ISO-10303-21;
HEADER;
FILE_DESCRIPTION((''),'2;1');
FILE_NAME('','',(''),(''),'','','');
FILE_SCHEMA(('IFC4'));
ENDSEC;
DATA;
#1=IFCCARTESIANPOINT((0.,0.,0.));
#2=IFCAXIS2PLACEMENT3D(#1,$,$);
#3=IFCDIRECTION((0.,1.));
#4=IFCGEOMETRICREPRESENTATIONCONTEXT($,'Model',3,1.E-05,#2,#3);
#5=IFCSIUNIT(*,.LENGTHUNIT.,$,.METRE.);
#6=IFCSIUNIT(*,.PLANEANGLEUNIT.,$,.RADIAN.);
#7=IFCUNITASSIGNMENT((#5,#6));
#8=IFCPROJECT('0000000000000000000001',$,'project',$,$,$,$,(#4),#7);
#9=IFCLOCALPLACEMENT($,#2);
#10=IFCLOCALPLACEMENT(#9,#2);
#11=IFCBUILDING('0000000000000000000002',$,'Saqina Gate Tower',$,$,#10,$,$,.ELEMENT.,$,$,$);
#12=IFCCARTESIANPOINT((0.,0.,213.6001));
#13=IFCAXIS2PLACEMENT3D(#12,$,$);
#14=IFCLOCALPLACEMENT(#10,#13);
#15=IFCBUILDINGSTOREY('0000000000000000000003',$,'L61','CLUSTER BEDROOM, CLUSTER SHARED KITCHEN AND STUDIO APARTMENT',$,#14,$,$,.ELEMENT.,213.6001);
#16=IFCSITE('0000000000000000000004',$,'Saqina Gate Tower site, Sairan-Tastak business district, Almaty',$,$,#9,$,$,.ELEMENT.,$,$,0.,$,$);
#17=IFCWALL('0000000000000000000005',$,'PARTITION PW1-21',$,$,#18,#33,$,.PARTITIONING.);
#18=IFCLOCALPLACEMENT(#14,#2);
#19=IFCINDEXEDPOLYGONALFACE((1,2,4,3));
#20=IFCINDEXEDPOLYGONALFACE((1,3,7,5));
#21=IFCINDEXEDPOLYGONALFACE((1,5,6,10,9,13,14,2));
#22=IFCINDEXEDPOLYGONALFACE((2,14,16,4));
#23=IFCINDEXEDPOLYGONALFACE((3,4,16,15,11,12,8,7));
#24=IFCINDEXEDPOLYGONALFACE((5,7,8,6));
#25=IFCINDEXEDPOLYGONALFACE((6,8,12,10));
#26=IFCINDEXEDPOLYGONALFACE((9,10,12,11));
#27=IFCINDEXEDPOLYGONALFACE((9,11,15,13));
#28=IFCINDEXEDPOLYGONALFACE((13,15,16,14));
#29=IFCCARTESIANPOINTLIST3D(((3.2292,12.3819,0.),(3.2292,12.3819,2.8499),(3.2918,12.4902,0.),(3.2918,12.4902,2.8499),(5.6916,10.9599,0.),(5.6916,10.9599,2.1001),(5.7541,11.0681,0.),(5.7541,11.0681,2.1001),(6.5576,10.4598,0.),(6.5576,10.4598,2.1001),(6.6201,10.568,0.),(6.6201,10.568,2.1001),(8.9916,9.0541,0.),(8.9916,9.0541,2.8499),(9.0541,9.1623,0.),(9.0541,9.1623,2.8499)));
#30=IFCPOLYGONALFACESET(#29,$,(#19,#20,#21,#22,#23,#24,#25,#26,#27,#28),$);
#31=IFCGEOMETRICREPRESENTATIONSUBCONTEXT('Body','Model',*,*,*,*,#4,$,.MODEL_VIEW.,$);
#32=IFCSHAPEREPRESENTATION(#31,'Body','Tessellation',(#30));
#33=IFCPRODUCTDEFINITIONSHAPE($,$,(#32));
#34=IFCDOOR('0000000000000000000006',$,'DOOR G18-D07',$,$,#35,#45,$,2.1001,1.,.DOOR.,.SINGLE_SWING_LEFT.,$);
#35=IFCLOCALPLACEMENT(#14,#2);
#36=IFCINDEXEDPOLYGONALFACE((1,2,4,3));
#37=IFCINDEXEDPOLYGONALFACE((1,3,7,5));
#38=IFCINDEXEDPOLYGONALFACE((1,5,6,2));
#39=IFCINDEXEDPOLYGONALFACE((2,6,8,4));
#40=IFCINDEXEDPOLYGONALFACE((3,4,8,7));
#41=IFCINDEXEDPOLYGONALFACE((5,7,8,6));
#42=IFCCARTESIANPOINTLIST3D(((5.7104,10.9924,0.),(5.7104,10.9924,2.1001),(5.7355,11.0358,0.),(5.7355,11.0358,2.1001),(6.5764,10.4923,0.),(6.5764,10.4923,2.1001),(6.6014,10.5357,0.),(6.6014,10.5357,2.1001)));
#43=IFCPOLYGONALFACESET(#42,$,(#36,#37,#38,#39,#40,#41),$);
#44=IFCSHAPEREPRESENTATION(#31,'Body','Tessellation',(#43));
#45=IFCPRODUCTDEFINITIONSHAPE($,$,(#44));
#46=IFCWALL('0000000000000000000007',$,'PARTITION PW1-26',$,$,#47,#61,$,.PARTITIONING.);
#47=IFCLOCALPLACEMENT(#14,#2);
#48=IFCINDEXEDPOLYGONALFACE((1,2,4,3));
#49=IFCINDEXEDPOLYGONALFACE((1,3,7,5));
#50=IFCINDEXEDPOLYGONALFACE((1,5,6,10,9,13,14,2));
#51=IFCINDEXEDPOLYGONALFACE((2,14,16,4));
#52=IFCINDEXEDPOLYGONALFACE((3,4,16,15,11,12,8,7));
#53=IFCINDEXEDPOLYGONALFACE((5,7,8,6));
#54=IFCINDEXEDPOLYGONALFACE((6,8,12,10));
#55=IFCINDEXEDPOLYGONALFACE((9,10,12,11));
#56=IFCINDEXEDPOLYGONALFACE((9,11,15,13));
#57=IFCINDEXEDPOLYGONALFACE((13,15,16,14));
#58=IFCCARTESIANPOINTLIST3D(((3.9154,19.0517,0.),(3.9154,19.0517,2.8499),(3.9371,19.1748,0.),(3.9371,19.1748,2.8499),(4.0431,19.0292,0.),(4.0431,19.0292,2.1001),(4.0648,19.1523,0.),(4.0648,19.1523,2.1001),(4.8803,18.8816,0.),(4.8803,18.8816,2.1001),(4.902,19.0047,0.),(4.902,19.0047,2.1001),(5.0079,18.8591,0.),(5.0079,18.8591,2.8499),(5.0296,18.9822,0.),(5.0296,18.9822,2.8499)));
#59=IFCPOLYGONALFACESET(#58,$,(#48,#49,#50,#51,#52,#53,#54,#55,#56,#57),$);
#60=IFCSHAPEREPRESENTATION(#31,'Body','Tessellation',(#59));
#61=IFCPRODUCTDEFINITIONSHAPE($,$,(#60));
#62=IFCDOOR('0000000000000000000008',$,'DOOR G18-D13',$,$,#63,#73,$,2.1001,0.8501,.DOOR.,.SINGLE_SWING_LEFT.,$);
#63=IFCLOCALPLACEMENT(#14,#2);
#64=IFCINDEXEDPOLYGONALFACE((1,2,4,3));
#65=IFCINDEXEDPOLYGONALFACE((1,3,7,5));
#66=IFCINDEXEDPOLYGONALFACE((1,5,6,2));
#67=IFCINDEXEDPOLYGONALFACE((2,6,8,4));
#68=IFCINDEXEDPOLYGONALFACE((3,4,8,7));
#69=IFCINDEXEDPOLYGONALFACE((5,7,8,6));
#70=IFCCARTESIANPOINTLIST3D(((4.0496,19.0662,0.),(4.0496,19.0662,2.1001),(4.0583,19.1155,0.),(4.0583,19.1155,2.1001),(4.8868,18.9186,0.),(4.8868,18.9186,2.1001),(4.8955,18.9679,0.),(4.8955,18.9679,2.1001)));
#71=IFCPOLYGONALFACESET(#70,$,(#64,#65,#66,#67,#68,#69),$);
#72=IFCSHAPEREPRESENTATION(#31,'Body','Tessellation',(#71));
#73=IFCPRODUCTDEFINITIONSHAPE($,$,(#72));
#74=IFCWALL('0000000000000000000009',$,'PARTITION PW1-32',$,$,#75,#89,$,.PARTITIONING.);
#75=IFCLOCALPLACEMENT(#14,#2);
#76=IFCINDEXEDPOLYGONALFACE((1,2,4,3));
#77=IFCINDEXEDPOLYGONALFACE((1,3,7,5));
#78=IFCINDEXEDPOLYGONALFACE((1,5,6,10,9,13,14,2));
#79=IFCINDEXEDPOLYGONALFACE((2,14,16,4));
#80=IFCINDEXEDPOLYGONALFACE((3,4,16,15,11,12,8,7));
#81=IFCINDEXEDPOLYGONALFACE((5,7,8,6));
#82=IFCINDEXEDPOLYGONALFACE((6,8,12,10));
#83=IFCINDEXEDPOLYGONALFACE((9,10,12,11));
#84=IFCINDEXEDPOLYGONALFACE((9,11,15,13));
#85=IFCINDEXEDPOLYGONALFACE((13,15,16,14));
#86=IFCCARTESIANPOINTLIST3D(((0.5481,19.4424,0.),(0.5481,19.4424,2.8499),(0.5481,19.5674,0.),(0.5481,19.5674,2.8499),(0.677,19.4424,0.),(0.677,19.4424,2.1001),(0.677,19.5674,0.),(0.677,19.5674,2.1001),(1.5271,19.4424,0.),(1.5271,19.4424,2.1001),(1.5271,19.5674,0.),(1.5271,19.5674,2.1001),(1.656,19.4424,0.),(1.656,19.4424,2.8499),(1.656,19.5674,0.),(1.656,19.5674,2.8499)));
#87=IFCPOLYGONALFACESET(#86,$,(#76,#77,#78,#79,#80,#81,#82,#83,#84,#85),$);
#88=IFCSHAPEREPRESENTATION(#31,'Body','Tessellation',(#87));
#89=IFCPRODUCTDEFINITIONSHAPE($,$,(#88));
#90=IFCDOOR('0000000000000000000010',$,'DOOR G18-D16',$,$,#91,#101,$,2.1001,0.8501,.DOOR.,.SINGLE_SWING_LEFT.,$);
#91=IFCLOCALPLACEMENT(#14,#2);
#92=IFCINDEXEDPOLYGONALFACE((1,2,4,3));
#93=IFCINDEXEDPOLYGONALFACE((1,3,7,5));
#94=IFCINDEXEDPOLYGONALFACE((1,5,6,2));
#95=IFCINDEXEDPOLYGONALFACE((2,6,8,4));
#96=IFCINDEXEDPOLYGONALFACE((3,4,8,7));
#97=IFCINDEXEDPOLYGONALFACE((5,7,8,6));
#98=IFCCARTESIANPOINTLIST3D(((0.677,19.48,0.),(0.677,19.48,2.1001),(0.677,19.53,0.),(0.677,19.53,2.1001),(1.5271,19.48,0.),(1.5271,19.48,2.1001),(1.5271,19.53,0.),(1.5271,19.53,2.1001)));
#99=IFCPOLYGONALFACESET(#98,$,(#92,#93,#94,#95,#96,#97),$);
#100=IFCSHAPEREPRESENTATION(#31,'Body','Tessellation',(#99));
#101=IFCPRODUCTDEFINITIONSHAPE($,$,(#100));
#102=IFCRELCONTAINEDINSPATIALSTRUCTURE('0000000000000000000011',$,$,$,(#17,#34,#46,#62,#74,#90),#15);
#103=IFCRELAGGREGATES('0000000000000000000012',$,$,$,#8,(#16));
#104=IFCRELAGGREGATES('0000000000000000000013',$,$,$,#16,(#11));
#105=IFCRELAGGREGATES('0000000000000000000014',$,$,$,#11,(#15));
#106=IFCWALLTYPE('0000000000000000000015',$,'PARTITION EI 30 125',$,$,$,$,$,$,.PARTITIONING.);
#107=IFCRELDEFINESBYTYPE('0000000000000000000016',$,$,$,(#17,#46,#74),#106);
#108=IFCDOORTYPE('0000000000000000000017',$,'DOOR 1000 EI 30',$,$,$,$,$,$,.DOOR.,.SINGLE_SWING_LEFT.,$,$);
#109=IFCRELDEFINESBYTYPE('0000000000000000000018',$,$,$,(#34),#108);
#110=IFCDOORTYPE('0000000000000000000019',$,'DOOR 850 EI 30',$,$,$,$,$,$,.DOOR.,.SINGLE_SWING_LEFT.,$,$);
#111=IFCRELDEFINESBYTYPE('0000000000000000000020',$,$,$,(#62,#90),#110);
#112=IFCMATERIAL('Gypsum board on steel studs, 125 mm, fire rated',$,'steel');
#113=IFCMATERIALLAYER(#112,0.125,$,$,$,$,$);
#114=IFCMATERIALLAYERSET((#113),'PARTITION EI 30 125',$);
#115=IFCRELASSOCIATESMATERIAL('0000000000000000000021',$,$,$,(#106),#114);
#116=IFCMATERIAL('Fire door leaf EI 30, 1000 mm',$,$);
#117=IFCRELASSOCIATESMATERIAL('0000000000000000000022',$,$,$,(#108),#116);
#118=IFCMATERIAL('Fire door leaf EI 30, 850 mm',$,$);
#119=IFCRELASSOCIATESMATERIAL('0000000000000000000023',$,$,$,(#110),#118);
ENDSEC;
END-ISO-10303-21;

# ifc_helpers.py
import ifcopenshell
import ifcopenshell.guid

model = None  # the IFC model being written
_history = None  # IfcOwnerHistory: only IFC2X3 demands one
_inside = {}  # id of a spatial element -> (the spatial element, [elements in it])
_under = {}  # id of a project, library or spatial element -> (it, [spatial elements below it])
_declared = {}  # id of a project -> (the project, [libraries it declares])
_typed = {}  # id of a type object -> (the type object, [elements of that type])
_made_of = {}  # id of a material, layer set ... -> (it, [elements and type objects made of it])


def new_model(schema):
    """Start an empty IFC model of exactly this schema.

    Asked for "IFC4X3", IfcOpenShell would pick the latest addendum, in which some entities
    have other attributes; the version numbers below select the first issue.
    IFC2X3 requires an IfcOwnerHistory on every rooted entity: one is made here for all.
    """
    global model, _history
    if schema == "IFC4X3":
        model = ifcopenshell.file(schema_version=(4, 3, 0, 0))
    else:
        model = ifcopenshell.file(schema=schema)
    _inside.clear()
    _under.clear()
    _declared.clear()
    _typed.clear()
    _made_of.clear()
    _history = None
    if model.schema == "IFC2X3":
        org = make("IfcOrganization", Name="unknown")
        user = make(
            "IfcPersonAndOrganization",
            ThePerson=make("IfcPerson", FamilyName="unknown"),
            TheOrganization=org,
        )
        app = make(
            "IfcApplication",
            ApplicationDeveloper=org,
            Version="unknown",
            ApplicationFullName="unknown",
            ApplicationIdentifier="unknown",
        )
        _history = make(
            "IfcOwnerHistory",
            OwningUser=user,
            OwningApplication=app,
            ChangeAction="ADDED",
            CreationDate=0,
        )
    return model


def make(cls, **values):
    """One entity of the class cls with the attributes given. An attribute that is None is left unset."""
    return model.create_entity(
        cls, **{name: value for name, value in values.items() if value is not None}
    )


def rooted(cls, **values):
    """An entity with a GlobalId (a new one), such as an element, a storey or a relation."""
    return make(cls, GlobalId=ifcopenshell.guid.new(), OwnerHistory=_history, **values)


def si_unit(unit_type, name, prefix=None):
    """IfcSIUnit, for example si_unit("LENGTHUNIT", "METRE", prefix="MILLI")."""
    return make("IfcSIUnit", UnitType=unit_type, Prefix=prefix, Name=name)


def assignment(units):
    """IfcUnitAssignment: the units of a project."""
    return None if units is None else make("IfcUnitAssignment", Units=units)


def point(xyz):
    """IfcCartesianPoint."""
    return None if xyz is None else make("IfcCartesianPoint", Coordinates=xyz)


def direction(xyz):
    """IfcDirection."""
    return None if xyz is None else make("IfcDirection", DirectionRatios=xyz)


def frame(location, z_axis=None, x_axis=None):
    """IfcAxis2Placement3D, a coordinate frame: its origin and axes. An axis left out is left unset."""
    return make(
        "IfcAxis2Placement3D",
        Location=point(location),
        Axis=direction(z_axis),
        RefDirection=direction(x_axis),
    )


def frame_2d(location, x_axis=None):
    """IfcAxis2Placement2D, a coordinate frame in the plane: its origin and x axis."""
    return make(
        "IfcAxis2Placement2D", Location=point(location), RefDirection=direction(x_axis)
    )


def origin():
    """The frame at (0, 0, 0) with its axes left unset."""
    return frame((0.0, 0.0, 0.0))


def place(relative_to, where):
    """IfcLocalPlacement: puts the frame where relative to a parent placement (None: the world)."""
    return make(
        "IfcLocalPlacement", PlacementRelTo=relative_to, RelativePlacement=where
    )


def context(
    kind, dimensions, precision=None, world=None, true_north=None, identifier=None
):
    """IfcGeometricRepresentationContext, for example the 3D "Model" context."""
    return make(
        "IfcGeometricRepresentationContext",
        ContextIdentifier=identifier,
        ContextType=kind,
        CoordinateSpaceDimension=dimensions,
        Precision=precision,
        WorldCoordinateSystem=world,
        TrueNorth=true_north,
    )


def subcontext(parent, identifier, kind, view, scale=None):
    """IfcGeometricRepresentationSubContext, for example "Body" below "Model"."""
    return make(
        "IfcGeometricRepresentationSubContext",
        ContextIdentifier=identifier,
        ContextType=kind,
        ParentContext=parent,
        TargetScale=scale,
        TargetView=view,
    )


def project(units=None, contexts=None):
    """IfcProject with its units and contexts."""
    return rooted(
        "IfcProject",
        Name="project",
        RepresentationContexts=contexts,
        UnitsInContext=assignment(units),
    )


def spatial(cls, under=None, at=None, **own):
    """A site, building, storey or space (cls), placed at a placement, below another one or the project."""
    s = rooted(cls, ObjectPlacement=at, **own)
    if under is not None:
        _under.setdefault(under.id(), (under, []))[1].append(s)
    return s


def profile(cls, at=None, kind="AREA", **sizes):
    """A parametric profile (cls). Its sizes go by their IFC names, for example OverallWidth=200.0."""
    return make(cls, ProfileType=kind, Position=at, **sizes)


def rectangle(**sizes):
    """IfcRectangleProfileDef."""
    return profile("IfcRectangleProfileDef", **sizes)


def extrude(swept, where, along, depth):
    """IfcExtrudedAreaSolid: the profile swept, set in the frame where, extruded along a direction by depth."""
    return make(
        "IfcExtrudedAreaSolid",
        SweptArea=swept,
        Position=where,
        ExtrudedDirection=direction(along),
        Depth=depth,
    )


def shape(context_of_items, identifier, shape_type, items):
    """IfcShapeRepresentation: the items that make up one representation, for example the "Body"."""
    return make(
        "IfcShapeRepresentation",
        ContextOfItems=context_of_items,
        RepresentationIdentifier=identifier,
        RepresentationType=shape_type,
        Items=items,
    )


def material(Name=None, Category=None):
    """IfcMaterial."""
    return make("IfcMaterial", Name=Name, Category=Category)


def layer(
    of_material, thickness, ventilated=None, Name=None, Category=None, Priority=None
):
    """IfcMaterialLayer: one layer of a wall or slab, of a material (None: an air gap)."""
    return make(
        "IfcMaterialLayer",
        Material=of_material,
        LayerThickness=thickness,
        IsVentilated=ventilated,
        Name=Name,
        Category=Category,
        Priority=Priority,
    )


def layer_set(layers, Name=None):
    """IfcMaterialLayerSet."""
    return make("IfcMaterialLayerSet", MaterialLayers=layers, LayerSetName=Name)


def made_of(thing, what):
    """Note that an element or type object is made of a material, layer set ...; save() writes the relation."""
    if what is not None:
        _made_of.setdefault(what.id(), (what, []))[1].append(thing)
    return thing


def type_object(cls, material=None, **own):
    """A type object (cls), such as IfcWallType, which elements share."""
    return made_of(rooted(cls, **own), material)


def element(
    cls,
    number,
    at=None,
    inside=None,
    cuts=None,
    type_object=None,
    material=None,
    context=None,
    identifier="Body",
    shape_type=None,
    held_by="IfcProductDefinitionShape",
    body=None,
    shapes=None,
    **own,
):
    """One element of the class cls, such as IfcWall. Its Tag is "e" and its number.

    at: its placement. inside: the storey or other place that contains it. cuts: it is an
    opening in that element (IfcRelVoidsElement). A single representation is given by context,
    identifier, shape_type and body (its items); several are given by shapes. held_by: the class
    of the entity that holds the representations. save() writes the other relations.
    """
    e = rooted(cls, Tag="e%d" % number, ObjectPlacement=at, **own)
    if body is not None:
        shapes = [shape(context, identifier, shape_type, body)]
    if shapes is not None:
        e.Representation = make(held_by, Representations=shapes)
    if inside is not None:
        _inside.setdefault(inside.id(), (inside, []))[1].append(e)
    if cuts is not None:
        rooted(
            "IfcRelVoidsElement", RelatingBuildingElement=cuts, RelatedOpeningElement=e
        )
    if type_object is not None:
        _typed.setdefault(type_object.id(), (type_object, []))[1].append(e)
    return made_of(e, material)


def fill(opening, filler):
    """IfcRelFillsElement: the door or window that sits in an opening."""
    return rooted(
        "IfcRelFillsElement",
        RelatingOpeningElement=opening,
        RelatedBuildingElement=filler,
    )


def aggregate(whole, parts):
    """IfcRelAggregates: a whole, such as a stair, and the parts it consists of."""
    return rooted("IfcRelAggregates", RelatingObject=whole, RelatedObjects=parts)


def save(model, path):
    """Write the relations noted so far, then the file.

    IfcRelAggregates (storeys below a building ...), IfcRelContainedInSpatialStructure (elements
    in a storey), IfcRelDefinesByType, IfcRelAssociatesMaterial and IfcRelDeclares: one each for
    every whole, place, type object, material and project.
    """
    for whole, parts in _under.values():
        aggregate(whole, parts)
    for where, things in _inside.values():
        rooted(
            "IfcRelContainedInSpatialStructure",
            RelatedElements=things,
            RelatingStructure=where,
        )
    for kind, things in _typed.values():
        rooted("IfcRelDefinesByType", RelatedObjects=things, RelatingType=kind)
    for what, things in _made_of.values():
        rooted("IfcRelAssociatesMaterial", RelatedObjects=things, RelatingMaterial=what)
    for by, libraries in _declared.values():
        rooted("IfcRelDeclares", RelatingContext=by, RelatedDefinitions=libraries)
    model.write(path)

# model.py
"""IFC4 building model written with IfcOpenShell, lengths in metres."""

from ifc_helpers import new_model, si_unit, direction, frame, frame_2d, origin, place, context, subcontext, project, spatial, rectangle, extrude, material, layer, layer_set, type_object, element, fill, save


model = new_model("IFC4")

# Units and contexts
model_context = context("Model", 3, precision=1e-05, world=origin(), true_north=direction((0.0, 1.0)))
body_context = subcontext(model_context, "Body", "Model", "MODEL_VIEW")
ifc_project = project(units=[si_unit("LENGTHUNIT", "METRE"), si_unit("PLANEANGLEUNIT", "RADIAN")], contexts=[model_context])

# Site, building, storey
site_placement = place(None, origin())
site = spatial("IfcSite", under=ifc_project, at=site_placement, Name="Saqina Gate Tower site, Sairan-Tastak business district, Almaty", CompositionType="ELEMENT", RefElevation=0.0)
building_placement = place(site_placement, origin())
building = spatial("IfcBuilding", under=site, at=building_placement, Name="Saqina Gate Tower", CompositionType="ELEMENT")
storey_placement = place(building_placement, frame((0.0, 0.0, 213.6001)))
storey = spatial("IfcBuildingStorey", under=building, at=storey_placement, Name="L61", Description="CLUSTER BEDROOM, CLUSTER SHARED KITCHEN AND STUDIO APARTMENT", CompositionType="ELEMENT", Elevation=213.6001)

# Shared definitions
ifc_material_1 = material(Name="Gypsum board on steel studs, 125 mm, fire rated", Category="steel")
ifc_layer_1 = layer(ifc_material_1, 0.125)
ifc_layer_set_1 = layer_set([ifc_layer_1], Name="PARTITION EI 30 125")
wall_type_1 = type_object("IfcWallType", Name="PARTITION EI 30 125", PredefinedType="PARTITIONING", material=ifc_layer_set_1)

# Walls, openings, doors
wall_1_placement = place(storey_placement, frame((3.2605, 12.436, 0.0), z_axis=(0.0, 0.0, 1.0), x_axis=(0.865965, -0.500105, 0.0)))
wall_1 = element("IfcWall", 1, at=wall_1_placement, inside=storey, type_object=wall_type_1, Name="PARTITION PW1-21", PredefinedType="PARTITIONING", context=body_context, shape_type="SweptSolid", body=[
    extrude(rectangle(XDim=6.6543, YDim=0.125, at=frame_2d((3.3271, 0.0))), origin(), (0.0, 0.0, 1.0), 2.8499),
])
opening_1_placement = place(wall_1_placement, frame((2.8435, 0.0, 0.0)))
opening_1 = element("IfcOpeningElement", 2, at=opening_1_placement, cuts=wall_1, PredefinedType="OPENING", context=body_context, shape_type="SweptSolid", body=[
    extrude(rectangle(XDim=1.0, YDim=2.1001, at=frame_2d((0.5, 1.05))), frame((0.0, 0.0745, 0.0), z_axis=(0.0, -1.0, 0.0), x_axis=(1.0, 0.0, 0.0)), (0.0, 0.0, 1.0), 0.1489),
])
ifc_material_2 = material(Name="Fire door leaf EI 30, 1000 mm")
door_type_1 = type_object("IfcDoorType", Name="DOOR 1000 EI 30", OperationType="SINGLE_SWING_LEFT", PredefinedType="DOOR", material=ifc_material_2)
door_1_placement = place(opening_1_placement, frame((1.0, 0.0, 0.0), z_axis=(0.0, 0.0, 1.0), x_axis=(-1.0, 0.0, 0.0)))
door_1 = element("IfcDoor", 3, at=door_1_placement, inside=storey, type_object=door_type_1, Name="DOOR G18-D07", OperationType="SINGLE_SWING_LEFT", OverallHeight=2.1001, OverallWidth=1.0, PredefinedType="DOOR", context=body_context, shape_type="SweptSolid", body=[
    extrude(rectangle(XDim=1.0, YDim=2.1001, at=frame_2d((0.5, 1.05))), frame((0.0, 0.0249, 0.0), z_axis=(0.0, -1.0, 0.0), x_axis=(1.0, 0.0, 0.0)), (0.0, 0.0, 1.0), 0.05),
])
fill(opening_1, door_1)
wall_2_placement = place(storey_placement, frame((3.9263, 19.1133, 0.0), z_axis=(0.0, 0.0, 1.0), x_axis=(0.98481, -0.173635, 0.0)))
wall_2 = element("IfcWall", 4, at=wall_2_placement, inside=storey, type_object=wall_type_1, Name="PARTITION PW1-26", PredefinedType="PARTITIONING", context=body_context, shape_type="SweptSolid", body=[
    extrude(rectangle(XDim=1.1094, YDim=0.125, at=frame_2d((0.5547, 0.0))), origin(), (0.0, 0.0, 1.0), 2.8499),
])
opening_2_placement = place(wall_2_placement, frame((0.1296, 0.0, 0.0)))
opening_2 = element("IfcOpeningElement", 5, at=opening_2_placement, cuts=wall_2, PredefinedType="OPENING", context=body_context, shape_type="SweptSolid", body=[
    extrude(rectangle(XDim=0.8501, YDim=2.1001, at=frame_2d((0.425, 1.05))), frame((0.0, 0.0745, 0.0), z_axis=(0.0, -1.0, 0.0), x_axis=(1.0, 0.0, 0.0)), (0.0, 0.0, 1.0), 0.1489),
])
ifc_material_3 = material(Name="Fire door leaf EI 30, 850 mm")
door_type_2 = type_object("IfcDoorType", Name="DOOR 850 EI 30", OperationType="SINGLE_SWING_LEFT", PredefinedType="DOOR", material=ifc_material_3)
door_2_placement = place(opening_2_placement, frame((0.8501, 0.0, 0.0), z_axis=(0.0, 0.0, 1.0), x_axis=(-1.0, 0.0, 0.0)))
door_2 = element("IfcDoor", 6, at=door_2_placement, inside=storey, type_object=door_type_2, Name="DOOR G18-D13", OperationType="SINGLE_SWING_LEFT", OverallHeight=2.1001, OverallWidth=0.8501, PredefinedType="DOOR", context=body_context, shape_type="SweptSolid", body=[
    extrude(rectangle(XDim=0.8501, YDim=2.1001, at=frame_2d((0.425, 1.05))), frame((0.0, 0.0249, 0.0), z_axis=(0.0, -1.0, 0.0), x_axis=(1.0, 0.0, 0.0)), (0.0, 0.0, 1.0), 0.05),
])
fill(opening_2, door_2)
wall_3_placement = place(storey_placement, frame((0.5481, 19.5049, 0.0), z_axis=(0.0, 0.0, 1.0), x_axis=(1.0, 0.0, 0.0)))
wall_3 = element("IfcWall", 7, at=wall_3_placement, inside=storey, type_object=wall_type_1, Name="PARTITION PW1-32", PredefinedType="PARTITIONING", context=body_context, shape_type="SweptSolid", body=[
    extrude(rectangle(XDim=1.1079, YDim=0.125, at=frame_2d((0.554, 0.0))), origin(), (0.0, 0.0, 1.0), 2.8499),
])
opening_3_placement = place(wall_3_placement, frame((0.1289, 0.0, 0.0)))
opening_3 = element("IfcOpeningElement", 8, at=opening_3_placement, cuts=wall_3, PredefinedType="OPENING", context=body_context, shape_type="SweptSolid", body=[
    extrude(rectangle(XDim=0.8501, YDim=2.1001, at=frame_2d((0.425, 1.05))), frame((0.0, 0.0745, 0.0), z_axis=(0.0, -1.0, 0.0), x_axis=(1.0, 0.0, 0.0)), (0.0, 0.0, 1.0), 0.1489),
])
door_3_placement = place(opening_3_placement, frame((0.8501, 0.0, 0.0), z_axis=(0.0, 0.0, 1.0), x_axis=(-1.0, 0.0, 0.0)))
door_3 = element("IfcDoor", 9, at=door_3_placement, inside=storey, type_object=door_type_2, Name="DOOR G18-D16", OperationType="SINGLE_SWING_LEFT", OverallHeight=2.1001, OverallWidth=0.8501, PredefinedType="DOOR", context=body_context, shape_type="SweptSolid", body=[
    extrude(rectangle(XDim=0.8501, YDim=2.1001, at=frame_2d((0.425, 1.05))), frame((0.0, 0.0249, 0.0), z_axis=(0.0, -1.0, 0.0), x_axis=(1.0, 0.0, 0.0)), (0.0, 0.0, 1.0), 0.05),
])
fill(opening_3, door_3)

save(model, "model.ifc")
